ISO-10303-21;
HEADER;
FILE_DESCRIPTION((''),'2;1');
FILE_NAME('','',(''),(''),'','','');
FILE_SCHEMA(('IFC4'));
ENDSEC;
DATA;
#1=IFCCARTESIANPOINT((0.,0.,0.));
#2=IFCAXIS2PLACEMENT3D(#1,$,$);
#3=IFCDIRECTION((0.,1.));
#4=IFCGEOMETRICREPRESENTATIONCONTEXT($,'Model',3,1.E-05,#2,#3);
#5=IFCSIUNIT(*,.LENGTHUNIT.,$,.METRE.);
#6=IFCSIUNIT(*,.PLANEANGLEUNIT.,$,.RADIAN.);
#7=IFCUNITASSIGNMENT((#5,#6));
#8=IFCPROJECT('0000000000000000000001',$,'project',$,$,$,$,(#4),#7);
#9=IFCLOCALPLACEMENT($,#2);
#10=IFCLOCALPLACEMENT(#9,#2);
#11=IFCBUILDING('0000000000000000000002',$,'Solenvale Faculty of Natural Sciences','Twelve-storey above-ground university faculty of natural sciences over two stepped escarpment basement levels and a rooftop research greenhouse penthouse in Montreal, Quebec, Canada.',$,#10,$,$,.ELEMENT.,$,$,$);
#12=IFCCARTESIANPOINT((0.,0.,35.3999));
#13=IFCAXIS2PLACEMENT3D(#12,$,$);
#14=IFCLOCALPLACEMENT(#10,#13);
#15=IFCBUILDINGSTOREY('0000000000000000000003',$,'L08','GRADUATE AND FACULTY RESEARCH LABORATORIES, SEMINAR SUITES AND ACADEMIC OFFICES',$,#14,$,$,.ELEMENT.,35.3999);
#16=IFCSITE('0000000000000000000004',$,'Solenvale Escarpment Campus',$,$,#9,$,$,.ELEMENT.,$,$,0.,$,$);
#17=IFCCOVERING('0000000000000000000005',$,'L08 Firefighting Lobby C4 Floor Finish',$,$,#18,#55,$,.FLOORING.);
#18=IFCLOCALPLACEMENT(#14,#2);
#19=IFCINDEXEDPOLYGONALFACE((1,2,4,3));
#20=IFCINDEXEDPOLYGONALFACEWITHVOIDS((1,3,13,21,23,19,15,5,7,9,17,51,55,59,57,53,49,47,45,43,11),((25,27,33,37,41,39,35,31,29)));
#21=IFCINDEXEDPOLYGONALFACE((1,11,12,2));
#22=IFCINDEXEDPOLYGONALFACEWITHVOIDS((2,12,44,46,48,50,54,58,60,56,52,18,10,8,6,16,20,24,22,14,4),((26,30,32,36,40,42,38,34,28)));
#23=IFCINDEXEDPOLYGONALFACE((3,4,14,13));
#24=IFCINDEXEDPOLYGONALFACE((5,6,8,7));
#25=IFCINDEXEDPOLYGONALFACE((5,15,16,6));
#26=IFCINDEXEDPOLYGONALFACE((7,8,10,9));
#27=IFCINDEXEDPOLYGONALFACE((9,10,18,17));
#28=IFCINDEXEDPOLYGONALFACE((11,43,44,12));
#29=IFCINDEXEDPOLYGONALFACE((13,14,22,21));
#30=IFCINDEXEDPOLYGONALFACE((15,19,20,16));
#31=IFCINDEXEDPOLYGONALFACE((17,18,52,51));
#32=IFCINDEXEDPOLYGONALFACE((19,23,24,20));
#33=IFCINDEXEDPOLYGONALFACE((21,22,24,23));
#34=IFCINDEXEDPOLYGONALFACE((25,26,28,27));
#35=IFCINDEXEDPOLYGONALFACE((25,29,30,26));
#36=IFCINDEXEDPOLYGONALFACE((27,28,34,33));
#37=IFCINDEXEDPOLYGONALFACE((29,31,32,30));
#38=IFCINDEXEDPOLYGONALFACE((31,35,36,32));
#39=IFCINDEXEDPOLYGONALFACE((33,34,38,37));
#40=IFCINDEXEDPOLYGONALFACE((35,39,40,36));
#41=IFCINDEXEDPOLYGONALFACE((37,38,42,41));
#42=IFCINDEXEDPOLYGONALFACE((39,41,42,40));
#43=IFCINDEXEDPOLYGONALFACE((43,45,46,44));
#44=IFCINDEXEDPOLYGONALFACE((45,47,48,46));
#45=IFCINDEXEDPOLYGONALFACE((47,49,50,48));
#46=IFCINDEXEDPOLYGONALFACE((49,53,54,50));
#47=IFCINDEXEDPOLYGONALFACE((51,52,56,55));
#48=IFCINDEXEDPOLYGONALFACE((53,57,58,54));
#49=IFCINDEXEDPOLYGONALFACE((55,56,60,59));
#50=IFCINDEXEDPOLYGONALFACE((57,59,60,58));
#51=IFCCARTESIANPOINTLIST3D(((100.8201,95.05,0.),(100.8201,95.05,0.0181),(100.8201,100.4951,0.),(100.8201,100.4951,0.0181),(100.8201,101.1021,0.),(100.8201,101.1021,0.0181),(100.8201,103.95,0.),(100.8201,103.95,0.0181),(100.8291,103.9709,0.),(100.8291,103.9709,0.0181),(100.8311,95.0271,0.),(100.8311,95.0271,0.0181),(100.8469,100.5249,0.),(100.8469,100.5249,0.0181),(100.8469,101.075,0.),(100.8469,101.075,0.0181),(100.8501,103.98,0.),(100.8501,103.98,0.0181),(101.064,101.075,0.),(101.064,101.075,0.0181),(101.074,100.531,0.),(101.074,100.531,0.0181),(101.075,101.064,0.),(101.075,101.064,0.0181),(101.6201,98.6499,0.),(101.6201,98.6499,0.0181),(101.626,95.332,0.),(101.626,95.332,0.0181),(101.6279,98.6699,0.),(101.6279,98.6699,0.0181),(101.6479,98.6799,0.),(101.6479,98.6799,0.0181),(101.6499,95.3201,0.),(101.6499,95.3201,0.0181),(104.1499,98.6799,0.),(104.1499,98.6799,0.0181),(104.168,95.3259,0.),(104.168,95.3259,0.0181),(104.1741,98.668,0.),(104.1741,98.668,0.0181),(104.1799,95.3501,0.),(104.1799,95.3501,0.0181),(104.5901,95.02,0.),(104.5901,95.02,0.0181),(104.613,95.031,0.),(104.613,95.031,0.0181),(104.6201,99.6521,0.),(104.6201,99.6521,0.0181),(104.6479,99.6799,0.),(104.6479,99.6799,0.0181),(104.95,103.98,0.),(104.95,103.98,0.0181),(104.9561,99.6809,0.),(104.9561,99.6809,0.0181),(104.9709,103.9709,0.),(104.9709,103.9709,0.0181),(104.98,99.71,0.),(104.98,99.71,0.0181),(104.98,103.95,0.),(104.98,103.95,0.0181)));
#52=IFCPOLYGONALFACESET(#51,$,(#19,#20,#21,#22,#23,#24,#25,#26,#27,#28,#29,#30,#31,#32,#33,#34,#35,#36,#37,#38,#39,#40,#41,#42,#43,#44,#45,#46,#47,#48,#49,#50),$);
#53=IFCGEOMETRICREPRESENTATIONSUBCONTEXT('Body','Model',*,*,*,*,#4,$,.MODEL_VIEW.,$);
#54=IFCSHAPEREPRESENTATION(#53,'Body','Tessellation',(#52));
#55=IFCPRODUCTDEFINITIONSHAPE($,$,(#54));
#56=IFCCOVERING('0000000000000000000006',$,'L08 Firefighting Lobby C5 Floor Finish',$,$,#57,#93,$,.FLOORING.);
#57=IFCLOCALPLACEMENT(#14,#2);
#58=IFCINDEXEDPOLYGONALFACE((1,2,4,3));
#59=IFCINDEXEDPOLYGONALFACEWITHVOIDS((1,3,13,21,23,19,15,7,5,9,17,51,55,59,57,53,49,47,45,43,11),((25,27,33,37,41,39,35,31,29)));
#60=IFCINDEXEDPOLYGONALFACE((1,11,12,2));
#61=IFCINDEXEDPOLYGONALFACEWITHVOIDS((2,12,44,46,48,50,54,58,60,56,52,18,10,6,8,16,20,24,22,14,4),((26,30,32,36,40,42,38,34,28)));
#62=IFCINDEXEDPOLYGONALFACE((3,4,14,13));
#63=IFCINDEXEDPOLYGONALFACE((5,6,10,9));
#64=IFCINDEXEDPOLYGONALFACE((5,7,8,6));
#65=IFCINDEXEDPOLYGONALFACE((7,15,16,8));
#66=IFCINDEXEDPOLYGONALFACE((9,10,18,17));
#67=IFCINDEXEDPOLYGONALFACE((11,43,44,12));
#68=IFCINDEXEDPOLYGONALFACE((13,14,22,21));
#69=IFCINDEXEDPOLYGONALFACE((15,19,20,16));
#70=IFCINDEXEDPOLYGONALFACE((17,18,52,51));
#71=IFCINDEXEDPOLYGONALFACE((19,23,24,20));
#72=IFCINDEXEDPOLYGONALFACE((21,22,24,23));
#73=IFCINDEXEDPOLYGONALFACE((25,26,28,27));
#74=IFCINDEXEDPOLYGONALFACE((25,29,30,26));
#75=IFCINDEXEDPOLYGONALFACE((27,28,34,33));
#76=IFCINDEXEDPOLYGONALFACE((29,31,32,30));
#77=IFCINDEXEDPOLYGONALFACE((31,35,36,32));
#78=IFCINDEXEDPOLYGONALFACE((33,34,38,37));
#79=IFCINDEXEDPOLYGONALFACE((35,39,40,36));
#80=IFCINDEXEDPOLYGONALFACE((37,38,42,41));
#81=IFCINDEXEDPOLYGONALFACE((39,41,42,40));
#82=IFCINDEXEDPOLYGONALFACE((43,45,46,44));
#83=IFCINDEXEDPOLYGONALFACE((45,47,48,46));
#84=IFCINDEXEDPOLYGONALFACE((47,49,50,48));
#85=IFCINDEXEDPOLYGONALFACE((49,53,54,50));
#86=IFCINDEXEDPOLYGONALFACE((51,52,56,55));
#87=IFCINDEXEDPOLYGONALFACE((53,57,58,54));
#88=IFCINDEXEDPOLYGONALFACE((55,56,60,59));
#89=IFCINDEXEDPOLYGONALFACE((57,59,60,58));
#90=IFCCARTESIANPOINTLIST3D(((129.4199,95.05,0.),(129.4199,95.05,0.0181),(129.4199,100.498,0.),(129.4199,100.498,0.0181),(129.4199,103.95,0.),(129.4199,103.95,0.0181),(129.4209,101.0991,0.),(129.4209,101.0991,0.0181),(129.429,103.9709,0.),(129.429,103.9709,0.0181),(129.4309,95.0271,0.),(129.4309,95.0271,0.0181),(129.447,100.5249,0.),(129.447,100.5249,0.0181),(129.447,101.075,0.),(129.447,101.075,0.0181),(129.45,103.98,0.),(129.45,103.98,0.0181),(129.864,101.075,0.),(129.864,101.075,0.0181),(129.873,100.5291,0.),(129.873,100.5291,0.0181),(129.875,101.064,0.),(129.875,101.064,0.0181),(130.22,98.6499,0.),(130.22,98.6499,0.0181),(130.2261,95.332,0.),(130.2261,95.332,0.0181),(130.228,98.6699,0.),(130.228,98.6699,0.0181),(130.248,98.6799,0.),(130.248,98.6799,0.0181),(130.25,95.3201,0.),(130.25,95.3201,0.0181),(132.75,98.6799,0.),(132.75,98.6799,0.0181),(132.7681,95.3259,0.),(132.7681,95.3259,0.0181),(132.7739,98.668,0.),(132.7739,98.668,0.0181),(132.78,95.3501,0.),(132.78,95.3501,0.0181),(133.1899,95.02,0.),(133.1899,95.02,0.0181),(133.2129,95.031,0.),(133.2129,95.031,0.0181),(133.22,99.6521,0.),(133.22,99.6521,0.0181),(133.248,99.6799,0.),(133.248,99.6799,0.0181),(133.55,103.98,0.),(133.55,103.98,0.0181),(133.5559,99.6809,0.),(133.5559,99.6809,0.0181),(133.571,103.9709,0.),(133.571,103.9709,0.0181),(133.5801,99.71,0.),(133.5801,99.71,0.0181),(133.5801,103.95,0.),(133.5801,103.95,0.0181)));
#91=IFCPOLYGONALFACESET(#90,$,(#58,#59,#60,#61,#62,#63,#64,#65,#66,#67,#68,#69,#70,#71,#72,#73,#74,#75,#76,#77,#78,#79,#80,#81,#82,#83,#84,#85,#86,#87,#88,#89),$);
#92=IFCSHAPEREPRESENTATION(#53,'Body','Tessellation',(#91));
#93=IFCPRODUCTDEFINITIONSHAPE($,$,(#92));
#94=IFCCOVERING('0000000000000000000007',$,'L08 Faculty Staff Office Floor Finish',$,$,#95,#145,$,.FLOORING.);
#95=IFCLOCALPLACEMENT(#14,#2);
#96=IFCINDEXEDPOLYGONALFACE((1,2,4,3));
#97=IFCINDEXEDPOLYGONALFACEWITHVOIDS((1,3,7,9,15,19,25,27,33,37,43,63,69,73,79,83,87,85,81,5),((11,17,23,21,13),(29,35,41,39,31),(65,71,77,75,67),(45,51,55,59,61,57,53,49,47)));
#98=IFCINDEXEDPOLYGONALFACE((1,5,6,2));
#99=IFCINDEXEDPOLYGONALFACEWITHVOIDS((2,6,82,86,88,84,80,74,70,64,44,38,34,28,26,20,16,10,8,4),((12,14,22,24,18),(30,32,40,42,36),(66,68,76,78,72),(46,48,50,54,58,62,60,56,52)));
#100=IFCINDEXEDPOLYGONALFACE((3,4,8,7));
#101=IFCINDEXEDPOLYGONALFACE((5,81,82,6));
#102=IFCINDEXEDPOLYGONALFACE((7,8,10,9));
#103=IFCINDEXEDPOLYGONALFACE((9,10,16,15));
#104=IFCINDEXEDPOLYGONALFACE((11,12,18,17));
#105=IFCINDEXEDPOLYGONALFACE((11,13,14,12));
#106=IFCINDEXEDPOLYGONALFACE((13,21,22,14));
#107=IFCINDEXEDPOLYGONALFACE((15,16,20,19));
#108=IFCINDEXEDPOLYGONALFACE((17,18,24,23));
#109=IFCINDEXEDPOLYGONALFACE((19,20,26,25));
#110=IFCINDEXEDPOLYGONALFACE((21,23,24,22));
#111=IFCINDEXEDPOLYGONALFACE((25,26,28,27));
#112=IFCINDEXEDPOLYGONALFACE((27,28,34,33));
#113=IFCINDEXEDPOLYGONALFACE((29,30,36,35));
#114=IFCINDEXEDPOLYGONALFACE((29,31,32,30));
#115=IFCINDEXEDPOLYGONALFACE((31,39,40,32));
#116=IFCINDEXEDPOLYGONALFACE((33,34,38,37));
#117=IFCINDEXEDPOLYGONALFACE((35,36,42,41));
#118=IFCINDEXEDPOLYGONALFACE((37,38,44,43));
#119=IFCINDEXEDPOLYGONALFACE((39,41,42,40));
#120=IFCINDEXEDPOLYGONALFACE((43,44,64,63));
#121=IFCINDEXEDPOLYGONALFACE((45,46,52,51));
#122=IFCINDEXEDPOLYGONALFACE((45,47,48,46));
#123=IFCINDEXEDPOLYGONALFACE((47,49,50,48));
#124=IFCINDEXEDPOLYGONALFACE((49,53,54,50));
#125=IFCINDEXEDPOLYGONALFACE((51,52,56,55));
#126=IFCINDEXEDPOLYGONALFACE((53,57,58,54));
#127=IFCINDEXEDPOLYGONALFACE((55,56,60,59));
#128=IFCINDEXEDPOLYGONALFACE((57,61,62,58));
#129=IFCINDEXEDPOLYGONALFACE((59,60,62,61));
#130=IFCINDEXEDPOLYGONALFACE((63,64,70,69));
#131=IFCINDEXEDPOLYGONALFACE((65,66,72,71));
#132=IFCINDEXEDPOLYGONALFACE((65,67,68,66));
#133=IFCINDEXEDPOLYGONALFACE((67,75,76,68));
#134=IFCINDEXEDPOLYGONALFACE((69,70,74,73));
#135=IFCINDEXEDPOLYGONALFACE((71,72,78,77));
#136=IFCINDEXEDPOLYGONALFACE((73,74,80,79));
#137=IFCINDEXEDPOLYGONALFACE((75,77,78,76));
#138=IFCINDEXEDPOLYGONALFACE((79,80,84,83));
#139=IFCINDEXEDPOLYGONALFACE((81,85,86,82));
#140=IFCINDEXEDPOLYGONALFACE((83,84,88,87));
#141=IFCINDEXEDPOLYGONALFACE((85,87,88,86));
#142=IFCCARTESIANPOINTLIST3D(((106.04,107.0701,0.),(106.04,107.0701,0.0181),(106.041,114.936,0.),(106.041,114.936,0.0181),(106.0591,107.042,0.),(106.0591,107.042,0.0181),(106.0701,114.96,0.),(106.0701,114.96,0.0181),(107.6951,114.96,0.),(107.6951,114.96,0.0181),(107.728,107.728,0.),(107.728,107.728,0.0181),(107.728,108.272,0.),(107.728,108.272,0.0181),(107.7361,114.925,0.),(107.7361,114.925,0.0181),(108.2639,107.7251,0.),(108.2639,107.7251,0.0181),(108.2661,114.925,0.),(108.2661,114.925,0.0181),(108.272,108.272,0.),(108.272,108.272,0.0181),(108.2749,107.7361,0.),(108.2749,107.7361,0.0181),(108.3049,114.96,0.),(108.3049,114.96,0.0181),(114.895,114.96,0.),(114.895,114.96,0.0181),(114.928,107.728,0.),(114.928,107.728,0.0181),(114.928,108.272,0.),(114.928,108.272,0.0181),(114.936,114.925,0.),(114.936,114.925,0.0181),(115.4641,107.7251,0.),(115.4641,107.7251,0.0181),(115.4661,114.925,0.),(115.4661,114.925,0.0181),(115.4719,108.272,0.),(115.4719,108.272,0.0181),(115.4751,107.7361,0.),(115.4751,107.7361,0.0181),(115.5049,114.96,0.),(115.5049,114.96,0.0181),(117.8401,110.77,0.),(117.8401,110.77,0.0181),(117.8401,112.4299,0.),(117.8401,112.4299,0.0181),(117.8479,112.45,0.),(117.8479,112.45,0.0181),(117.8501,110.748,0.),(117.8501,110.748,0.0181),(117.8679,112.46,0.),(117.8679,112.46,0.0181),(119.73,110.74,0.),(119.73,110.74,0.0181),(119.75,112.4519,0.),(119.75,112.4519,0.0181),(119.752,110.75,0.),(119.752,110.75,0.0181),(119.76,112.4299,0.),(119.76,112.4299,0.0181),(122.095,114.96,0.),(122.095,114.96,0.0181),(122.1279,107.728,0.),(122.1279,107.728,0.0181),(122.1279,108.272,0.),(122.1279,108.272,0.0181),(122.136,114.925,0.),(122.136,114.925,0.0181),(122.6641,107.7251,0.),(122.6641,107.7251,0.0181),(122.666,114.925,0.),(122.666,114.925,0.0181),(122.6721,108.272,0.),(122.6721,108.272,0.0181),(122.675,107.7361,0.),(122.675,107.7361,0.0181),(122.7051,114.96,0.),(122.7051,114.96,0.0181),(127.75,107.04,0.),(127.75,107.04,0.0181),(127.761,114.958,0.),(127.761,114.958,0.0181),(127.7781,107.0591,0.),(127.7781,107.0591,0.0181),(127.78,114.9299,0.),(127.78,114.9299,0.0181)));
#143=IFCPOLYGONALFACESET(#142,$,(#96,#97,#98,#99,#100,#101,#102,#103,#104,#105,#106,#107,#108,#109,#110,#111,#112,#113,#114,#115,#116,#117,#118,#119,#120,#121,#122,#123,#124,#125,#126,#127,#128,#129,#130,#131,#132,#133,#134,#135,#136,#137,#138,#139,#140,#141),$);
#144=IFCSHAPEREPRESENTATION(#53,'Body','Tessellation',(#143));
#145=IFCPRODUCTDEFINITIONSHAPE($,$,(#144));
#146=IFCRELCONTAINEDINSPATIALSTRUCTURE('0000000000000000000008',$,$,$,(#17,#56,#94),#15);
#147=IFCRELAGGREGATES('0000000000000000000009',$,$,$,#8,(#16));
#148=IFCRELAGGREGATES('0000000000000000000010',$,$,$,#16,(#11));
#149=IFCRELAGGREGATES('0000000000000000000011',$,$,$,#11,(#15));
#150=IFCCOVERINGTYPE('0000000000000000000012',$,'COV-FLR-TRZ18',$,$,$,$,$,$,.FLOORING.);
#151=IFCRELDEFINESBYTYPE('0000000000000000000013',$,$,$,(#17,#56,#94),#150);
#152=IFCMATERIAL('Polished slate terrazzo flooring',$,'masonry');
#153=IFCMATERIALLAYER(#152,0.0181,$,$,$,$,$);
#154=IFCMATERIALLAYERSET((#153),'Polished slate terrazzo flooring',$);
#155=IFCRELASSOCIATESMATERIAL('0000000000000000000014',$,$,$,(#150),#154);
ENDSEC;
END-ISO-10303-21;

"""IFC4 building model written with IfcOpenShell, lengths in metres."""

from ifc_helpers import new_model, si_unit, direction, frame, origin, place, context, subcontext, project, spatial, polyline, outline, extrude, material, layer, layer_set, type_object, element, save


model = new_model("IFC4")

# Units and contexts
model_context = context("Model", 3, precision=1e-05, world=origin(), true_north=direction((0.0, 1.0)))
body_context = subcontext(model_context, "Body", "Model", "MODEL_VIEW")
ifc_project = project(units=[si_unit("LENGTHUNIT", "METRE"), si_unit("PLANEANGLEUNIT", "RADIAN")], contexts=[model_context])

# Site, building, storey
site_placement = place(None, origin())
site = spatial("IfcSite", under=ifc_project, at=site_placement, Name="Solenvale Escarpment Campus", CompositionType="ELEMENT", RefElevation=0.0)
building_placement = place(site_placement, origin())
building = spatial("IfcBuilding", under=site, at=building_placement, Name="Solenvale Faculty of Natural Sciences", Description="Twelve-storey above-ground university faculty of natural sciences over two stepped escarpment basement levels and a rooftop research greenhouse penthouse in Montreal, Quebec, Canada.", CompositionType="ELEMENT")
storey_placement = place(building_placement, frame((0.0, 0.0, 35.3999)))
storey = spatial("IfcBuildingStorey", under=building, at=storey_placement, Name="L08", Description="GRADUATE AND FACULTY RESEARCH LABORATORIES, SEMINAR SUITES AND ACADEMIC OFFICES", CompositionType="ELEMENT", Elevation=35.3999)

# Coverings
ifc_material_1 = material(Name="Polished slate terrazzo flooring", Category="masonry")
ifc_layer_1 = layer(ifc_material_1, 0.0181)
ifc_layer_set_1 = layer_set([ifc_layer_1], Name="Polished slate terrazzo flooring")
covering_type_1 = type_object("IfcCoveringType", Name="COV-FLR-TRZ18", PredefinedType="FLOORING", material=ifc_layer_set_1)
covering_1_placement = place(storey_placement, origin())
element("IfcCovering", 1, at=covering_1_placement, inside=storey, type_object=covering_type_1, Name="L08 Firefighting Lobby C4 Floor Finish", PredefinedType="FLOORING", context=body_context, shape_type="SweptSolid", body=[
    extrude(outline(polyline([(104.98, 99.71), (104.9561, 99.6809), (104.6479, 99.6799), (104.6201, 99.6521), (104.613, 95.031), (104.5901, 95.02), (100.8311, 95.0271), (100.8201, 95.05), (100.8201, 100.4951), (100.8469, 100.5249), (101.074, 100.531), (101.075, 101.064), (101.064, 101.075), (100.8469, 101.075), (100.8201, 101.1021), (100.8201, 103.95), (100.8291, 103.9709), (100.8501, 103.98), (104.95, 103.98), (104.9709, 103.9709), (104.98, 103.95), (104.98, 99.71)]), holes=[polyline([(101.6479, 98.6799), (101.6279, 98.6699), (101.6201, 98.6499), (101.626, 95.332), (101.6499, 95.3201), (104.168, 95.3259), (104.1799, 95.3501), (104.1741, 98.668), (104.1499, 98.6799), (101.6479, 98.6799)])]), origin(), (0.0, 0.0, 1.0), 0.0181),
])
covering_2_placement = place(storey_placement, origin())
element("IfcCovering", 2, at=covering_2_placement, inside=storey, type_object=covering_type_1, Name="L08 Firefighting Lobby C5 Floor Finish", PredefinedType="FLOORING", context=body_context, shape_type="SweptSolid", body=[
    extrude(outline(polyline([(133.5801, 99.71), (133.5559, 99.6809), (133.248, 99.6799), (133.22, 99.6521), (133.2129, 95.031), (133.1899, 95.02), (129.4309, 95.0271), (129.4199, 95.05), (129.4199, 100.498), (129.447, 100.5249), (129.873, 100.5291), (129.875, 101.064), (129.864, 101.075), (129.447, 101.075), (129.4209, 101.0991), (129.4199, 103.95), (129.429, 103.9709), (129.45, 103.98), (133.55, 103.98), (133.571, 103.9709), (133.5801, 103.95), (133.5801, 99.71)]), holes=[polyline([(130.248, 98.6799), (130.228, 98.6699), (130.22, 98.6499), (130.2261, 95.332), (130.25, 95.3201), (132.7681, 95.3259), (132.78, 95.3501), (132.7739, 98.668), (132.75, 98.6799), (130.248, 98.6799)])]), origin(), (0.0, 0.0, 1.0), 0.0181),
])
covering_3_placement = place(storey_placement, origin())
element("IfcCovering", 3, at=covering_3_placement, inside=storey, type_object=covering_type_1, Name="L08 Faculty Staff Office Floor Finish", PredefinedType="FLOORING", context=body_context, shape_type="SweptSolid", body=[
    extrude(outline(polyline([(107.6951, 114.96), (107.7361, 114.925), (108.2661, 114.925), (108.3049, 114.96), (114.895, 114.96), (114.936, 114.925), (115.4661, 114.925), (115.5049, 114.96), (122.095, 114.96), (122.136, 114.925), (122.666, 114.925), (122.7051, 114.96), (127.761, 114.958), (127.78, 114.9299), (127.7781, 107.0591), (127.75, 107.04), (106.0591, 107.042), (106.04, 107.0701), (106.041, 114.936), (106.0701, 114.96), (107.6951, 114.96)]), holes=[polyline([(122.6641, 107.7251), (122.675, 107.7361), (122.6721, 108.272), (122.1279, 108.272), (122.1279, 107.728), (122.6641, 107.7251)]), polyline([(117.8679, 112.46), (117.8479, 112.45), (117.8401, 112.4299), (117.8401, 110.77), (117.8501, 110.748), (119.73, 110.74), (119.752, 110.75), (119.76, 112.4299), (119.75, 112.4519), (117.8679, 112.46)]), polyline([(115.4641, 107.7251), (115.4751, 107.7361), (115.4719, 108.272), (114.928, 108.272), (114.928, 107.728), (115.4641, 107.7251)]), polyline([(108.2639, 107.7251), (108.2749, 107.7361), (108.272, 108.272), (107.728, 108.272), (107.728, 107.728), (108.2639, 107.7251)])]), origin(), (0.0, 0.0, 1.0), 0.0181),
])

save(model, "model.ifc")
